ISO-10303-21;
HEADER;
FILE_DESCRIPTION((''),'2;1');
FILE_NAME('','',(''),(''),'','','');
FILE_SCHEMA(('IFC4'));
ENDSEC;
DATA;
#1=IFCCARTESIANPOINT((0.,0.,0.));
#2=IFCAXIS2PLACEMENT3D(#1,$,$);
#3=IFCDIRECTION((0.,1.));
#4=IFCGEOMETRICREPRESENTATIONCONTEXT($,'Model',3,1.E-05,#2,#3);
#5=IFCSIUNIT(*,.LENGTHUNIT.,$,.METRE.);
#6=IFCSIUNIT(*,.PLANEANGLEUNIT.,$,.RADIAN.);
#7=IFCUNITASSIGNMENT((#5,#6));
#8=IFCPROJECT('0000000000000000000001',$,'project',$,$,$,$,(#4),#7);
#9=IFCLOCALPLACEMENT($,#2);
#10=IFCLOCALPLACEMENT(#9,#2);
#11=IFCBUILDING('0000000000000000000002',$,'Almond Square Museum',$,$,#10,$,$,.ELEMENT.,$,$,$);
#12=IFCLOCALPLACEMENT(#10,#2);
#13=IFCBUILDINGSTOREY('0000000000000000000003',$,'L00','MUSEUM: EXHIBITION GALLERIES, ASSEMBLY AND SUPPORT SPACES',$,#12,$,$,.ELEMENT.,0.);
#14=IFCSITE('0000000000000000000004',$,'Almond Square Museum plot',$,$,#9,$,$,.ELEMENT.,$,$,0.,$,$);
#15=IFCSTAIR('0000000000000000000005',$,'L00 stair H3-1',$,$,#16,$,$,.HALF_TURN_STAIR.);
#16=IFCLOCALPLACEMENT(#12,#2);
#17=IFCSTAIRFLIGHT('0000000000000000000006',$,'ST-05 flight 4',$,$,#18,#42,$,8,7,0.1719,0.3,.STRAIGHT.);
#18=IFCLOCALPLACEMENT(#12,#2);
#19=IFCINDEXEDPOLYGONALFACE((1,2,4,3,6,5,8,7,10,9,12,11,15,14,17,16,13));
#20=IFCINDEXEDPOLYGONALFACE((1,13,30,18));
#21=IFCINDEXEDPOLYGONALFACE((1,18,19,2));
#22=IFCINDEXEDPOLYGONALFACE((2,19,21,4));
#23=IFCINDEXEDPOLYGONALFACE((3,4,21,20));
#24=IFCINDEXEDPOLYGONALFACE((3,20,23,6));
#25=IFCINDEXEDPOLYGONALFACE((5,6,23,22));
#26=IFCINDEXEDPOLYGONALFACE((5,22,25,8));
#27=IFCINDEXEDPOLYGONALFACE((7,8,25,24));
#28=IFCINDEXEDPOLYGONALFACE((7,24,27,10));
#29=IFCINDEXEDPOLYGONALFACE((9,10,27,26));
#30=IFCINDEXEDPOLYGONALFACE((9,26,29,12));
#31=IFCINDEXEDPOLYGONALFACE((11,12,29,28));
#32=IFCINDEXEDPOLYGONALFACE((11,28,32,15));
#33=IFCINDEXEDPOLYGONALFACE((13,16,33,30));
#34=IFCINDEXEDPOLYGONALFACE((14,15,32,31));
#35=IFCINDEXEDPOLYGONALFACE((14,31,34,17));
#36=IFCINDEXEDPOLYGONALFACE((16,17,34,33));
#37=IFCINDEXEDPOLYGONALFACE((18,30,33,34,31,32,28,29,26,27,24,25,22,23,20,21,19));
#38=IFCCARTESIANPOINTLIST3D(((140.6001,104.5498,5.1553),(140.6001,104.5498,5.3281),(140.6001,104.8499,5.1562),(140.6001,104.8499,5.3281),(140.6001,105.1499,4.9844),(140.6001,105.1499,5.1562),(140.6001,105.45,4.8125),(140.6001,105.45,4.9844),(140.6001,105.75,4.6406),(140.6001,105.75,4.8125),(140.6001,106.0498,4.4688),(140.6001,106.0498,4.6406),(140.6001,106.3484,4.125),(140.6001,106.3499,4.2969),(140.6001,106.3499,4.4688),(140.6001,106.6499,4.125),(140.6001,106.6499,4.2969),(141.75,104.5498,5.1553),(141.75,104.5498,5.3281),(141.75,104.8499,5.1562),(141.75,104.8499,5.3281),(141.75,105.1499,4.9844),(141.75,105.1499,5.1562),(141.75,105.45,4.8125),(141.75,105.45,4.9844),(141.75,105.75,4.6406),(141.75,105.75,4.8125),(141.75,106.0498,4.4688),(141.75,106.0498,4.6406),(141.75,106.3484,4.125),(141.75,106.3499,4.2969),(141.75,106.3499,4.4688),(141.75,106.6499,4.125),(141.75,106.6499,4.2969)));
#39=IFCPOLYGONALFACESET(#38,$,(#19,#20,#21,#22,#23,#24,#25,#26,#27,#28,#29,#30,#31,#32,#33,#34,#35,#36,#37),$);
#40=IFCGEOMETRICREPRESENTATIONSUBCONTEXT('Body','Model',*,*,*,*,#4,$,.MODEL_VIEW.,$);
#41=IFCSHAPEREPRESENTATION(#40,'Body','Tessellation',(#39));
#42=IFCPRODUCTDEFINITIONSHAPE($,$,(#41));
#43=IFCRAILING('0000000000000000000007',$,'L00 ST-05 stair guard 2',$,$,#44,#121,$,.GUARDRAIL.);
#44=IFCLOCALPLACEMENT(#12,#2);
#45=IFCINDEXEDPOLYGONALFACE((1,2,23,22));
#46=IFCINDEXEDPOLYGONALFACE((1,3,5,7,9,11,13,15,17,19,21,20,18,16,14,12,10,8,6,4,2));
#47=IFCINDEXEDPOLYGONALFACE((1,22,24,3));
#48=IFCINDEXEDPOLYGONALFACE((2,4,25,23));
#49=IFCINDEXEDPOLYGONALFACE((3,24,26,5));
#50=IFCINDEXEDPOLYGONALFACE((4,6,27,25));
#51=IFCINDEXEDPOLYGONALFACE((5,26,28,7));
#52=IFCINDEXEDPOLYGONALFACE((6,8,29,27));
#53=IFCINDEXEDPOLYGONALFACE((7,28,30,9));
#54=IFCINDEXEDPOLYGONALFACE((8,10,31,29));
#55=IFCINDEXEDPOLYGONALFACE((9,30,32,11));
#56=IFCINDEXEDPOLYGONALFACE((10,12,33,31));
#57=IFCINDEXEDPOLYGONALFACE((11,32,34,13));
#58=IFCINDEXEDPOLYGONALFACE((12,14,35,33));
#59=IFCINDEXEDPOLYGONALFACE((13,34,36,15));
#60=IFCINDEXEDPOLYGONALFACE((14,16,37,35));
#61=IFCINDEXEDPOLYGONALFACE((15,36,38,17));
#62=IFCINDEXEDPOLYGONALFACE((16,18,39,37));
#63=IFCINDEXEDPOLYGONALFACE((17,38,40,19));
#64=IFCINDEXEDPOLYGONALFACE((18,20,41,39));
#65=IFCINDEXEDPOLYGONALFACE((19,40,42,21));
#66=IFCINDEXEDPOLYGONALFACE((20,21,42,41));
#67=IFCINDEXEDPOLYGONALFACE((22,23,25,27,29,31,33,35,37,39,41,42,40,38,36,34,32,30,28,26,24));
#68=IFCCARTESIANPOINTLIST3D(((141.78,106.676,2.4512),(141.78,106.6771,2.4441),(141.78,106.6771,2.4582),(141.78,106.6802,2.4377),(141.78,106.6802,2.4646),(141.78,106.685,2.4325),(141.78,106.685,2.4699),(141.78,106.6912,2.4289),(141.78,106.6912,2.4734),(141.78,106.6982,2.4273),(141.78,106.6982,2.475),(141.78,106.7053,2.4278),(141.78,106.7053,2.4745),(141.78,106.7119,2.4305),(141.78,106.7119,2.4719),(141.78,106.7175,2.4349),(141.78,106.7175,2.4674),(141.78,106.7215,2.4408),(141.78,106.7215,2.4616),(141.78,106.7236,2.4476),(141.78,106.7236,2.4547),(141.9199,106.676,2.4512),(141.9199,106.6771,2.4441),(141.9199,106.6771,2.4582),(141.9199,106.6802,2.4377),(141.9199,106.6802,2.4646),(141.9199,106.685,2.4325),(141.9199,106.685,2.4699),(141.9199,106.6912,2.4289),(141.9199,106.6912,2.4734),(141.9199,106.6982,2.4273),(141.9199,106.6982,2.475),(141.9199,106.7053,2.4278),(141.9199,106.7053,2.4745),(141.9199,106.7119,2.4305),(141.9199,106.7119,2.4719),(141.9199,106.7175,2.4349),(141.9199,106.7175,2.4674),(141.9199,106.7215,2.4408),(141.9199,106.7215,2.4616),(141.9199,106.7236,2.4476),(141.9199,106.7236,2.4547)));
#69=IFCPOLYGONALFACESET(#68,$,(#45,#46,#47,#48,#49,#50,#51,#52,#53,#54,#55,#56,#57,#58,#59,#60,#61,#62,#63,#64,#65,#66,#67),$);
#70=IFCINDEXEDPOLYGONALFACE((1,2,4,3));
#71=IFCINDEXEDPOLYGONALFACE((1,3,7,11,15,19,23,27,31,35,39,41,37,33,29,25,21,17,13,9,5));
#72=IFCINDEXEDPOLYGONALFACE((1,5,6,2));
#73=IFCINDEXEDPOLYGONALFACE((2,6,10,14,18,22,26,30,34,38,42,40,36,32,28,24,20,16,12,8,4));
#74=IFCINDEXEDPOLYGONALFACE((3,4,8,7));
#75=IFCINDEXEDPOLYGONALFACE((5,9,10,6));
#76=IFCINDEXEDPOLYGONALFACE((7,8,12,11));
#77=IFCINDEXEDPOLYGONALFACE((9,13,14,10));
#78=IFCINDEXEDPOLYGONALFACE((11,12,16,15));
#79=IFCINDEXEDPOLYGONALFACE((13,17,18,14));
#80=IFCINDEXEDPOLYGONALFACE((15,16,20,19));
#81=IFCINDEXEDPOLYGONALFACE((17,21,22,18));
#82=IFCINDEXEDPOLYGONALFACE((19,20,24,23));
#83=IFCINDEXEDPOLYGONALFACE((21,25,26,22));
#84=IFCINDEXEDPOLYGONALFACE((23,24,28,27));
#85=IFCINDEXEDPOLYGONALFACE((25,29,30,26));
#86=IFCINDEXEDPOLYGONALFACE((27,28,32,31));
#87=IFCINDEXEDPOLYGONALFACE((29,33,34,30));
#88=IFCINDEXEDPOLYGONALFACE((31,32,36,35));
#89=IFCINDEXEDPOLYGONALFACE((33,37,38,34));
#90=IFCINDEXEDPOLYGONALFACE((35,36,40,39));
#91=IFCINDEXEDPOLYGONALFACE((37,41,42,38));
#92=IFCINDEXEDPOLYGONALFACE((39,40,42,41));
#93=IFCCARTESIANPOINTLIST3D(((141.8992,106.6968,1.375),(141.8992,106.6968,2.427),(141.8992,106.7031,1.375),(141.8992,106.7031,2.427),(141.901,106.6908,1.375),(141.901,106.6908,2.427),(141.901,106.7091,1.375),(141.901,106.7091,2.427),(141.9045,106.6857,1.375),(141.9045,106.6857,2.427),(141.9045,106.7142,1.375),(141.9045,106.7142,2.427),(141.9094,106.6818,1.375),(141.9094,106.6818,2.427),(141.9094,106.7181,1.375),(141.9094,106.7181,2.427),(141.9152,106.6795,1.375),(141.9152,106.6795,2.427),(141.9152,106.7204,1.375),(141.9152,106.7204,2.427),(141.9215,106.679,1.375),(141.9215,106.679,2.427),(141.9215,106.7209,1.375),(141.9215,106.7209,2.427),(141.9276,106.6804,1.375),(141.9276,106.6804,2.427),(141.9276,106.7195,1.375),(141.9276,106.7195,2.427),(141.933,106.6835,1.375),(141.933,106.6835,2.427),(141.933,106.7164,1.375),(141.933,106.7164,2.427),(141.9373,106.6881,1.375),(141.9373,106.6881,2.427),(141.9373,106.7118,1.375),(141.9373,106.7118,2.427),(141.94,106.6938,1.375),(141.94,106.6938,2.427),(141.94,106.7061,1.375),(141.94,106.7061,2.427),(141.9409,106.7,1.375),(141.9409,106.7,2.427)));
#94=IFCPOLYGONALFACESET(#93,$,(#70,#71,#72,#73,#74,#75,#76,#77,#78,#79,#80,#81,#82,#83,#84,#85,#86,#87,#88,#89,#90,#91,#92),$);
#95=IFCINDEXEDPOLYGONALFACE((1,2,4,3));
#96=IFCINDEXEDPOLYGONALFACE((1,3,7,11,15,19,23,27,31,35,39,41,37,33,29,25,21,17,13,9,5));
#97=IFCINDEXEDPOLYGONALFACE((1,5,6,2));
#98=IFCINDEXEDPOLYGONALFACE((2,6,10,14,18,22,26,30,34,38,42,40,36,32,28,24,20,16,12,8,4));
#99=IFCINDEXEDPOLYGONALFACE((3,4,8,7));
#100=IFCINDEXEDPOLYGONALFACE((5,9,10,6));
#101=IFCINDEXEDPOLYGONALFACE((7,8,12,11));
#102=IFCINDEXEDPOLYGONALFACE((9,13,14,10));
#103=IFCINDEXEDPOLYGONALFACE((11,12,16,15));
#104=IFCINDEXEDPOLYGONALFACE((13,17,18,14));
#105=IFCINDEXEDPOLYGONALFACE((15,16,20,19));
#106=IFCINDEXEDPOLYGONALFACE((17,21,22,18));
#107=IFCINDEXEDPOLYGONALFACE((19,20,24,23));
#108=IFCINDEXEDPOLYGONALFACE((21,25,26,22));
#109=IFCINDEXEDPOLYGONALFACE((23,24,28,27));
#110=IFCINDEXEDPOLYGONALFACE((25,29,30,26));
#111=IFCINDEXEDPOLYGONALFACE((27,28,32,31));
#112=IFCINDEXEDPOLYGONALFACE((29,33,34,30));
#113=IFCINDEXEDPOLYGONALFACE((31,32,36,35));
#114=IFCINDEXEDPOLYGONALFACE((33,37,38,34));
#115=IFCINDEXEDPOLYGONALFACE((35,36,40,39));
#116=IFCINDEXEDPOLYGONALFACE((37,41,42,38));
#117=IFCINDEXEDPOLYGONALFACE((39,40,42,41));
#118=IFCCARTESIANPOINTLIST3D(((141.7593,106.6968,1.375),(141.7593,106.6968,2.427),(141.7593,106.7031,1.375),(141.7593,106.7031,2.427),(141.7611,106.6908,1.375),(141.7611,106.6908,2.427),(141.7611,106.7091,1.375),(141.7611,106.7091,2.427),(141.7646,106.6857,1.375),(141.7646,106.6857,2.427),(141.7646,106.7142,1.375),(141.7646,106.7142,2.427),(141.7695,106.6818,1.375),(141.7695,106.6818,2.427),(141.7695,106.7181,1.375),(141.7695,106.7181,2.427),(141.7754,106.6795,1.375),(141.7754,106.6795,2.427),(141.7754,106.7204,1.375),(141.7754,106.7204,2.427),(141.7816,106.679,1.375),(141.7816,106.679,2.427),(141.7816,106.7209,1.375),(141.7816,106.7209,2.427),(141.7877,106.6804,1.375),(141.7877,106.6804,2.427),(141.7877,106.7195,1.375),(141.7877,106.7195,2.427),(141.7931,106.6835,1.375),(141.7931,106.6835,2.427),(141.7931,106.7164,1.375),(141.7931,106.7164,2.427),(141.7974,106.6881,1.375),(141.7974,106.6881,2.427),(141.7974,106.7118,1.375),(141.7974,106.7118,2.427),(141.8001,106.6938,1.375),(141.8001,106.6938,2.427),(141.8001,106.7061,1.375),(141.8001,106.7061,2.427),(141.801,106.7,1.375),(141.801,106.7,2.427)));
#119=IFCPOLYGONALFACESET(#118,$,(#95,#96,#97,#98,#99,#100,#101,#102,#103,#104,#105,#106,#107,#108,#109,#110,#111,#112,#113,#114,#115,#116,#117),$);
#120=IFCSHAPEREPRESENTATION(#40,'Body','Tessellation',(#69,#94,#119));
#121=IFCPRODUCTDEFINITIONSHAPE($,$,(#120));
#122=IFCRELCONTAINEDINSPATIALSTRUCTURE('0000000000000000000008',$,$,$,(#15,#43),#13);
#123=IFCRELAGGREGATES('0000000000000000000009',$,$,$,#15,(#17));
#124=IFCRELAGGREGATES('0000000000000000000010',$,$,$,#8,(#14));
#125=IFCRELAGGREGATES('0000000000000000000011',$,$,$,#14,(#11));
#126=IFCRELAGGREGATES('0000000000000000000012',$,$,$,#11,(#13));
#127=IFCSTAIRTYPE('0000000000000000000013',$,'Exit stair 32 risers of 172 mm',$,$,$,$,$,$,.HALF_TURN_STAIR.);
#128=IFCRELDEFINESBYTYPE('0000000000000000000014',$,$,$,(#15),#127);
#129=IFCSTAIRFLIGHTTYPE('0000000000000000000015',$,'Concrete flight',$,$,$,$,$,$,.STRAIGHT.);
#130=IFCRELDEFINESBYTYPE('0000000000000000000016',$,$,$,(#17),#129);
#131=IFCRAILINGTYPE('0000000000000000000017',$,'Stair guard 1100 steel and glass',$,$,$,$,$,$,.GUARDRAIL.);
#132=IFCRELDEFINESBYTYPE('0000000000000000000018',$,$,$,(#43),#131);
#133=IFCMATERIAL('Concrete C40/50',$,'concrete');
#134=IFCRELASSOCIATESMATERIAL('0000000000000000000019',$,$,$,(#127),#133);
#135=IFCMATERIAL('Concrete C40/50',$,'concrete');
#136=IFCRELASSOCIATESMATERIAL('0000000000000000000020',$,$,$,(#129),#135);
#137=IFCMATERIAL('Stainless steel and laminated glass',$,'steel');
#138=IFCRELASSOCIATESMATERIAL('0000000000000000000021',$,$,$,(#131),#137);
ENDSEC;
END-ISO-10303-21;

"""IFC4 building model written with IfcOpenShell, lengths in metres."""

from ifc_helpers import new_model, si_unit, direction, frame, origin, origin_2d, place, context, subcontext, project, spatial, polyline, circle, outline, extrude, material, type_object, element, aggregate, save


model = new_model("IFC4")

# Units and contexts
model_context = context("Model", 3, precision=1e-05, world=origin(), true_north=direction((0.0, 1.0)))
body_context = subcontext(model_context, "Body", "Model", "MODEL_VIEW")
ifc_project = project(units=[si_unit("LENGTHUNIT", "METRE"), si_unit("PLANEANGLEUNIT", "RADIAN")], contexts=[model_context])

# Site, building, storey
site_placement = place(None, origin())
site = spatial("IfcSite", under=ifc_project, at=site_placement, Name="Almond Square Museum plot", CompositionType="ELEMENT", RefElevation=0.0)
building_placement = place(site_placement, origin())
building = spatial("IfcBuilding", under=site, at=building_placement, Name="Almond Square Museum", CompositionType="ELEMENT")
storey_placement = place(building_placement, origin())
storey = spatial("IfcBuildingStorey", under=building, at=storey_placement, Name="L00", Description="MUSEUM: EXHIBITION GALLERIES, ASSEMBLY AND SUPPORT SPACES", CompositionType="ELEMENT", Elevation=0.0)

# Stair, stair flight
ifc_material_1 = material(Name="Concrete C40/50", Category="concrete")
stair_type = type_object("IfcStairType", Name="Exit stair 32 risers of 172 mm", PredefinedType="HALF_TURN_STAIR", material=ifc_material_1)
stair_placement = place(storey_placement, origin())
stair = element("IfcStair", 1, at=stair_placement, inside=storey, type_object=stair_type, Name="L00 stair H3-1", PredefinedType="HALF_TURN_STAIR")
ifc_material_2 = material(Name="Concrete C40/50", Category="concrete")
stair_flight_type = type_object("IfcStairFlightType", Name="Concrete flight", PredefinedType="STRAIGHT", material=ifc_material_2)
stair_flight_1_placement = place(storey_placement, frame((141.175, 106.6499, 4.125), z_axis=(0.0, 0.0, 1.0), x_axis=(0.0, -1.0, 0.0)))
stair_flight_1 = element("IfcStairFlight", 2, at=stair_flight_1_placement, type_object=stair_flight_type, Name="ST-05 flight 4", NumberOfRisers=8, NumberOfTreads=7, PredefinedType="STRAIGHT", RiserHeight=0.1719, TreadLength=0.3, context=body_context, shape_type="SweptSolid", body=[
    extrude(outline(polyline([(0.0, 0.0), (0.0, 0.1719), (0.3, 0.1719), (0.3, 0.3438), (0.6001, 0.3438), (0.6001, 0.5156), (0.8999, 0.5156), (0.8999, 0.6875), (1.2, 0.6875), (1.2, 0.8594), (1.5, 0.8594), (1.5, 1.0312), (1.8, 1.0312), (1.8, 1.2031), (2.1001, 1.2031), (2.1001, 1.375), (2.1001, 1.0303), (0.3015, 0.0), (0.0, 0.0)])), frame((0.0, 0.575, 0.0), z_axis=(0.0, -1.0, 0.0), x_axis=(1.0, 0.0, 0.0)), (0.0, 0.0, 1.0), 1.1499),
])
aggregate(stair, [stair_flight_1])

# Railing
ifc_material_3 = material(Name="Stainless steel and laminated glass", Category="steel")
railing_type_1 = type_object("IfcRailingType", Name="Stair guard 1100 steel and glass", PredefinedType="GUARDRAIL", material=ifc_material_3)
railing_1_placement = place(storey_placement, frame((141.9199, 106.7, 1.375)))
element("IfcRailing", 3, at=railing_1_placement, inside=storey, type_object=railing_type_1, Name="L00 ST-05 stair guard 2", PredefinedType="GUARDRAIL", context=body_context, shape_type="SweptSolid", body=[
    extrude(circle(Radius=0.0239, at=origin_2d()), frame((0.0, 0.0, 1.0762), z_axis=(-1.0, 0.0, 0.0), x_axis=(0.0, -1.0, 0.0)), (0.0, 0.0, 1.0), 0.1399),
    extrude(circle(Radius=0.021, at=origin_2d()), origin(), (0.0, 0.0, 1.0), 1.052),
    extrude(circle(Radius=0.021, at=origin_2d()), frame((-0.1399, 0.0, 0.0)), (0.0, 0.0, 1.0), 1.052),
])

save(model, "model.ifc")
